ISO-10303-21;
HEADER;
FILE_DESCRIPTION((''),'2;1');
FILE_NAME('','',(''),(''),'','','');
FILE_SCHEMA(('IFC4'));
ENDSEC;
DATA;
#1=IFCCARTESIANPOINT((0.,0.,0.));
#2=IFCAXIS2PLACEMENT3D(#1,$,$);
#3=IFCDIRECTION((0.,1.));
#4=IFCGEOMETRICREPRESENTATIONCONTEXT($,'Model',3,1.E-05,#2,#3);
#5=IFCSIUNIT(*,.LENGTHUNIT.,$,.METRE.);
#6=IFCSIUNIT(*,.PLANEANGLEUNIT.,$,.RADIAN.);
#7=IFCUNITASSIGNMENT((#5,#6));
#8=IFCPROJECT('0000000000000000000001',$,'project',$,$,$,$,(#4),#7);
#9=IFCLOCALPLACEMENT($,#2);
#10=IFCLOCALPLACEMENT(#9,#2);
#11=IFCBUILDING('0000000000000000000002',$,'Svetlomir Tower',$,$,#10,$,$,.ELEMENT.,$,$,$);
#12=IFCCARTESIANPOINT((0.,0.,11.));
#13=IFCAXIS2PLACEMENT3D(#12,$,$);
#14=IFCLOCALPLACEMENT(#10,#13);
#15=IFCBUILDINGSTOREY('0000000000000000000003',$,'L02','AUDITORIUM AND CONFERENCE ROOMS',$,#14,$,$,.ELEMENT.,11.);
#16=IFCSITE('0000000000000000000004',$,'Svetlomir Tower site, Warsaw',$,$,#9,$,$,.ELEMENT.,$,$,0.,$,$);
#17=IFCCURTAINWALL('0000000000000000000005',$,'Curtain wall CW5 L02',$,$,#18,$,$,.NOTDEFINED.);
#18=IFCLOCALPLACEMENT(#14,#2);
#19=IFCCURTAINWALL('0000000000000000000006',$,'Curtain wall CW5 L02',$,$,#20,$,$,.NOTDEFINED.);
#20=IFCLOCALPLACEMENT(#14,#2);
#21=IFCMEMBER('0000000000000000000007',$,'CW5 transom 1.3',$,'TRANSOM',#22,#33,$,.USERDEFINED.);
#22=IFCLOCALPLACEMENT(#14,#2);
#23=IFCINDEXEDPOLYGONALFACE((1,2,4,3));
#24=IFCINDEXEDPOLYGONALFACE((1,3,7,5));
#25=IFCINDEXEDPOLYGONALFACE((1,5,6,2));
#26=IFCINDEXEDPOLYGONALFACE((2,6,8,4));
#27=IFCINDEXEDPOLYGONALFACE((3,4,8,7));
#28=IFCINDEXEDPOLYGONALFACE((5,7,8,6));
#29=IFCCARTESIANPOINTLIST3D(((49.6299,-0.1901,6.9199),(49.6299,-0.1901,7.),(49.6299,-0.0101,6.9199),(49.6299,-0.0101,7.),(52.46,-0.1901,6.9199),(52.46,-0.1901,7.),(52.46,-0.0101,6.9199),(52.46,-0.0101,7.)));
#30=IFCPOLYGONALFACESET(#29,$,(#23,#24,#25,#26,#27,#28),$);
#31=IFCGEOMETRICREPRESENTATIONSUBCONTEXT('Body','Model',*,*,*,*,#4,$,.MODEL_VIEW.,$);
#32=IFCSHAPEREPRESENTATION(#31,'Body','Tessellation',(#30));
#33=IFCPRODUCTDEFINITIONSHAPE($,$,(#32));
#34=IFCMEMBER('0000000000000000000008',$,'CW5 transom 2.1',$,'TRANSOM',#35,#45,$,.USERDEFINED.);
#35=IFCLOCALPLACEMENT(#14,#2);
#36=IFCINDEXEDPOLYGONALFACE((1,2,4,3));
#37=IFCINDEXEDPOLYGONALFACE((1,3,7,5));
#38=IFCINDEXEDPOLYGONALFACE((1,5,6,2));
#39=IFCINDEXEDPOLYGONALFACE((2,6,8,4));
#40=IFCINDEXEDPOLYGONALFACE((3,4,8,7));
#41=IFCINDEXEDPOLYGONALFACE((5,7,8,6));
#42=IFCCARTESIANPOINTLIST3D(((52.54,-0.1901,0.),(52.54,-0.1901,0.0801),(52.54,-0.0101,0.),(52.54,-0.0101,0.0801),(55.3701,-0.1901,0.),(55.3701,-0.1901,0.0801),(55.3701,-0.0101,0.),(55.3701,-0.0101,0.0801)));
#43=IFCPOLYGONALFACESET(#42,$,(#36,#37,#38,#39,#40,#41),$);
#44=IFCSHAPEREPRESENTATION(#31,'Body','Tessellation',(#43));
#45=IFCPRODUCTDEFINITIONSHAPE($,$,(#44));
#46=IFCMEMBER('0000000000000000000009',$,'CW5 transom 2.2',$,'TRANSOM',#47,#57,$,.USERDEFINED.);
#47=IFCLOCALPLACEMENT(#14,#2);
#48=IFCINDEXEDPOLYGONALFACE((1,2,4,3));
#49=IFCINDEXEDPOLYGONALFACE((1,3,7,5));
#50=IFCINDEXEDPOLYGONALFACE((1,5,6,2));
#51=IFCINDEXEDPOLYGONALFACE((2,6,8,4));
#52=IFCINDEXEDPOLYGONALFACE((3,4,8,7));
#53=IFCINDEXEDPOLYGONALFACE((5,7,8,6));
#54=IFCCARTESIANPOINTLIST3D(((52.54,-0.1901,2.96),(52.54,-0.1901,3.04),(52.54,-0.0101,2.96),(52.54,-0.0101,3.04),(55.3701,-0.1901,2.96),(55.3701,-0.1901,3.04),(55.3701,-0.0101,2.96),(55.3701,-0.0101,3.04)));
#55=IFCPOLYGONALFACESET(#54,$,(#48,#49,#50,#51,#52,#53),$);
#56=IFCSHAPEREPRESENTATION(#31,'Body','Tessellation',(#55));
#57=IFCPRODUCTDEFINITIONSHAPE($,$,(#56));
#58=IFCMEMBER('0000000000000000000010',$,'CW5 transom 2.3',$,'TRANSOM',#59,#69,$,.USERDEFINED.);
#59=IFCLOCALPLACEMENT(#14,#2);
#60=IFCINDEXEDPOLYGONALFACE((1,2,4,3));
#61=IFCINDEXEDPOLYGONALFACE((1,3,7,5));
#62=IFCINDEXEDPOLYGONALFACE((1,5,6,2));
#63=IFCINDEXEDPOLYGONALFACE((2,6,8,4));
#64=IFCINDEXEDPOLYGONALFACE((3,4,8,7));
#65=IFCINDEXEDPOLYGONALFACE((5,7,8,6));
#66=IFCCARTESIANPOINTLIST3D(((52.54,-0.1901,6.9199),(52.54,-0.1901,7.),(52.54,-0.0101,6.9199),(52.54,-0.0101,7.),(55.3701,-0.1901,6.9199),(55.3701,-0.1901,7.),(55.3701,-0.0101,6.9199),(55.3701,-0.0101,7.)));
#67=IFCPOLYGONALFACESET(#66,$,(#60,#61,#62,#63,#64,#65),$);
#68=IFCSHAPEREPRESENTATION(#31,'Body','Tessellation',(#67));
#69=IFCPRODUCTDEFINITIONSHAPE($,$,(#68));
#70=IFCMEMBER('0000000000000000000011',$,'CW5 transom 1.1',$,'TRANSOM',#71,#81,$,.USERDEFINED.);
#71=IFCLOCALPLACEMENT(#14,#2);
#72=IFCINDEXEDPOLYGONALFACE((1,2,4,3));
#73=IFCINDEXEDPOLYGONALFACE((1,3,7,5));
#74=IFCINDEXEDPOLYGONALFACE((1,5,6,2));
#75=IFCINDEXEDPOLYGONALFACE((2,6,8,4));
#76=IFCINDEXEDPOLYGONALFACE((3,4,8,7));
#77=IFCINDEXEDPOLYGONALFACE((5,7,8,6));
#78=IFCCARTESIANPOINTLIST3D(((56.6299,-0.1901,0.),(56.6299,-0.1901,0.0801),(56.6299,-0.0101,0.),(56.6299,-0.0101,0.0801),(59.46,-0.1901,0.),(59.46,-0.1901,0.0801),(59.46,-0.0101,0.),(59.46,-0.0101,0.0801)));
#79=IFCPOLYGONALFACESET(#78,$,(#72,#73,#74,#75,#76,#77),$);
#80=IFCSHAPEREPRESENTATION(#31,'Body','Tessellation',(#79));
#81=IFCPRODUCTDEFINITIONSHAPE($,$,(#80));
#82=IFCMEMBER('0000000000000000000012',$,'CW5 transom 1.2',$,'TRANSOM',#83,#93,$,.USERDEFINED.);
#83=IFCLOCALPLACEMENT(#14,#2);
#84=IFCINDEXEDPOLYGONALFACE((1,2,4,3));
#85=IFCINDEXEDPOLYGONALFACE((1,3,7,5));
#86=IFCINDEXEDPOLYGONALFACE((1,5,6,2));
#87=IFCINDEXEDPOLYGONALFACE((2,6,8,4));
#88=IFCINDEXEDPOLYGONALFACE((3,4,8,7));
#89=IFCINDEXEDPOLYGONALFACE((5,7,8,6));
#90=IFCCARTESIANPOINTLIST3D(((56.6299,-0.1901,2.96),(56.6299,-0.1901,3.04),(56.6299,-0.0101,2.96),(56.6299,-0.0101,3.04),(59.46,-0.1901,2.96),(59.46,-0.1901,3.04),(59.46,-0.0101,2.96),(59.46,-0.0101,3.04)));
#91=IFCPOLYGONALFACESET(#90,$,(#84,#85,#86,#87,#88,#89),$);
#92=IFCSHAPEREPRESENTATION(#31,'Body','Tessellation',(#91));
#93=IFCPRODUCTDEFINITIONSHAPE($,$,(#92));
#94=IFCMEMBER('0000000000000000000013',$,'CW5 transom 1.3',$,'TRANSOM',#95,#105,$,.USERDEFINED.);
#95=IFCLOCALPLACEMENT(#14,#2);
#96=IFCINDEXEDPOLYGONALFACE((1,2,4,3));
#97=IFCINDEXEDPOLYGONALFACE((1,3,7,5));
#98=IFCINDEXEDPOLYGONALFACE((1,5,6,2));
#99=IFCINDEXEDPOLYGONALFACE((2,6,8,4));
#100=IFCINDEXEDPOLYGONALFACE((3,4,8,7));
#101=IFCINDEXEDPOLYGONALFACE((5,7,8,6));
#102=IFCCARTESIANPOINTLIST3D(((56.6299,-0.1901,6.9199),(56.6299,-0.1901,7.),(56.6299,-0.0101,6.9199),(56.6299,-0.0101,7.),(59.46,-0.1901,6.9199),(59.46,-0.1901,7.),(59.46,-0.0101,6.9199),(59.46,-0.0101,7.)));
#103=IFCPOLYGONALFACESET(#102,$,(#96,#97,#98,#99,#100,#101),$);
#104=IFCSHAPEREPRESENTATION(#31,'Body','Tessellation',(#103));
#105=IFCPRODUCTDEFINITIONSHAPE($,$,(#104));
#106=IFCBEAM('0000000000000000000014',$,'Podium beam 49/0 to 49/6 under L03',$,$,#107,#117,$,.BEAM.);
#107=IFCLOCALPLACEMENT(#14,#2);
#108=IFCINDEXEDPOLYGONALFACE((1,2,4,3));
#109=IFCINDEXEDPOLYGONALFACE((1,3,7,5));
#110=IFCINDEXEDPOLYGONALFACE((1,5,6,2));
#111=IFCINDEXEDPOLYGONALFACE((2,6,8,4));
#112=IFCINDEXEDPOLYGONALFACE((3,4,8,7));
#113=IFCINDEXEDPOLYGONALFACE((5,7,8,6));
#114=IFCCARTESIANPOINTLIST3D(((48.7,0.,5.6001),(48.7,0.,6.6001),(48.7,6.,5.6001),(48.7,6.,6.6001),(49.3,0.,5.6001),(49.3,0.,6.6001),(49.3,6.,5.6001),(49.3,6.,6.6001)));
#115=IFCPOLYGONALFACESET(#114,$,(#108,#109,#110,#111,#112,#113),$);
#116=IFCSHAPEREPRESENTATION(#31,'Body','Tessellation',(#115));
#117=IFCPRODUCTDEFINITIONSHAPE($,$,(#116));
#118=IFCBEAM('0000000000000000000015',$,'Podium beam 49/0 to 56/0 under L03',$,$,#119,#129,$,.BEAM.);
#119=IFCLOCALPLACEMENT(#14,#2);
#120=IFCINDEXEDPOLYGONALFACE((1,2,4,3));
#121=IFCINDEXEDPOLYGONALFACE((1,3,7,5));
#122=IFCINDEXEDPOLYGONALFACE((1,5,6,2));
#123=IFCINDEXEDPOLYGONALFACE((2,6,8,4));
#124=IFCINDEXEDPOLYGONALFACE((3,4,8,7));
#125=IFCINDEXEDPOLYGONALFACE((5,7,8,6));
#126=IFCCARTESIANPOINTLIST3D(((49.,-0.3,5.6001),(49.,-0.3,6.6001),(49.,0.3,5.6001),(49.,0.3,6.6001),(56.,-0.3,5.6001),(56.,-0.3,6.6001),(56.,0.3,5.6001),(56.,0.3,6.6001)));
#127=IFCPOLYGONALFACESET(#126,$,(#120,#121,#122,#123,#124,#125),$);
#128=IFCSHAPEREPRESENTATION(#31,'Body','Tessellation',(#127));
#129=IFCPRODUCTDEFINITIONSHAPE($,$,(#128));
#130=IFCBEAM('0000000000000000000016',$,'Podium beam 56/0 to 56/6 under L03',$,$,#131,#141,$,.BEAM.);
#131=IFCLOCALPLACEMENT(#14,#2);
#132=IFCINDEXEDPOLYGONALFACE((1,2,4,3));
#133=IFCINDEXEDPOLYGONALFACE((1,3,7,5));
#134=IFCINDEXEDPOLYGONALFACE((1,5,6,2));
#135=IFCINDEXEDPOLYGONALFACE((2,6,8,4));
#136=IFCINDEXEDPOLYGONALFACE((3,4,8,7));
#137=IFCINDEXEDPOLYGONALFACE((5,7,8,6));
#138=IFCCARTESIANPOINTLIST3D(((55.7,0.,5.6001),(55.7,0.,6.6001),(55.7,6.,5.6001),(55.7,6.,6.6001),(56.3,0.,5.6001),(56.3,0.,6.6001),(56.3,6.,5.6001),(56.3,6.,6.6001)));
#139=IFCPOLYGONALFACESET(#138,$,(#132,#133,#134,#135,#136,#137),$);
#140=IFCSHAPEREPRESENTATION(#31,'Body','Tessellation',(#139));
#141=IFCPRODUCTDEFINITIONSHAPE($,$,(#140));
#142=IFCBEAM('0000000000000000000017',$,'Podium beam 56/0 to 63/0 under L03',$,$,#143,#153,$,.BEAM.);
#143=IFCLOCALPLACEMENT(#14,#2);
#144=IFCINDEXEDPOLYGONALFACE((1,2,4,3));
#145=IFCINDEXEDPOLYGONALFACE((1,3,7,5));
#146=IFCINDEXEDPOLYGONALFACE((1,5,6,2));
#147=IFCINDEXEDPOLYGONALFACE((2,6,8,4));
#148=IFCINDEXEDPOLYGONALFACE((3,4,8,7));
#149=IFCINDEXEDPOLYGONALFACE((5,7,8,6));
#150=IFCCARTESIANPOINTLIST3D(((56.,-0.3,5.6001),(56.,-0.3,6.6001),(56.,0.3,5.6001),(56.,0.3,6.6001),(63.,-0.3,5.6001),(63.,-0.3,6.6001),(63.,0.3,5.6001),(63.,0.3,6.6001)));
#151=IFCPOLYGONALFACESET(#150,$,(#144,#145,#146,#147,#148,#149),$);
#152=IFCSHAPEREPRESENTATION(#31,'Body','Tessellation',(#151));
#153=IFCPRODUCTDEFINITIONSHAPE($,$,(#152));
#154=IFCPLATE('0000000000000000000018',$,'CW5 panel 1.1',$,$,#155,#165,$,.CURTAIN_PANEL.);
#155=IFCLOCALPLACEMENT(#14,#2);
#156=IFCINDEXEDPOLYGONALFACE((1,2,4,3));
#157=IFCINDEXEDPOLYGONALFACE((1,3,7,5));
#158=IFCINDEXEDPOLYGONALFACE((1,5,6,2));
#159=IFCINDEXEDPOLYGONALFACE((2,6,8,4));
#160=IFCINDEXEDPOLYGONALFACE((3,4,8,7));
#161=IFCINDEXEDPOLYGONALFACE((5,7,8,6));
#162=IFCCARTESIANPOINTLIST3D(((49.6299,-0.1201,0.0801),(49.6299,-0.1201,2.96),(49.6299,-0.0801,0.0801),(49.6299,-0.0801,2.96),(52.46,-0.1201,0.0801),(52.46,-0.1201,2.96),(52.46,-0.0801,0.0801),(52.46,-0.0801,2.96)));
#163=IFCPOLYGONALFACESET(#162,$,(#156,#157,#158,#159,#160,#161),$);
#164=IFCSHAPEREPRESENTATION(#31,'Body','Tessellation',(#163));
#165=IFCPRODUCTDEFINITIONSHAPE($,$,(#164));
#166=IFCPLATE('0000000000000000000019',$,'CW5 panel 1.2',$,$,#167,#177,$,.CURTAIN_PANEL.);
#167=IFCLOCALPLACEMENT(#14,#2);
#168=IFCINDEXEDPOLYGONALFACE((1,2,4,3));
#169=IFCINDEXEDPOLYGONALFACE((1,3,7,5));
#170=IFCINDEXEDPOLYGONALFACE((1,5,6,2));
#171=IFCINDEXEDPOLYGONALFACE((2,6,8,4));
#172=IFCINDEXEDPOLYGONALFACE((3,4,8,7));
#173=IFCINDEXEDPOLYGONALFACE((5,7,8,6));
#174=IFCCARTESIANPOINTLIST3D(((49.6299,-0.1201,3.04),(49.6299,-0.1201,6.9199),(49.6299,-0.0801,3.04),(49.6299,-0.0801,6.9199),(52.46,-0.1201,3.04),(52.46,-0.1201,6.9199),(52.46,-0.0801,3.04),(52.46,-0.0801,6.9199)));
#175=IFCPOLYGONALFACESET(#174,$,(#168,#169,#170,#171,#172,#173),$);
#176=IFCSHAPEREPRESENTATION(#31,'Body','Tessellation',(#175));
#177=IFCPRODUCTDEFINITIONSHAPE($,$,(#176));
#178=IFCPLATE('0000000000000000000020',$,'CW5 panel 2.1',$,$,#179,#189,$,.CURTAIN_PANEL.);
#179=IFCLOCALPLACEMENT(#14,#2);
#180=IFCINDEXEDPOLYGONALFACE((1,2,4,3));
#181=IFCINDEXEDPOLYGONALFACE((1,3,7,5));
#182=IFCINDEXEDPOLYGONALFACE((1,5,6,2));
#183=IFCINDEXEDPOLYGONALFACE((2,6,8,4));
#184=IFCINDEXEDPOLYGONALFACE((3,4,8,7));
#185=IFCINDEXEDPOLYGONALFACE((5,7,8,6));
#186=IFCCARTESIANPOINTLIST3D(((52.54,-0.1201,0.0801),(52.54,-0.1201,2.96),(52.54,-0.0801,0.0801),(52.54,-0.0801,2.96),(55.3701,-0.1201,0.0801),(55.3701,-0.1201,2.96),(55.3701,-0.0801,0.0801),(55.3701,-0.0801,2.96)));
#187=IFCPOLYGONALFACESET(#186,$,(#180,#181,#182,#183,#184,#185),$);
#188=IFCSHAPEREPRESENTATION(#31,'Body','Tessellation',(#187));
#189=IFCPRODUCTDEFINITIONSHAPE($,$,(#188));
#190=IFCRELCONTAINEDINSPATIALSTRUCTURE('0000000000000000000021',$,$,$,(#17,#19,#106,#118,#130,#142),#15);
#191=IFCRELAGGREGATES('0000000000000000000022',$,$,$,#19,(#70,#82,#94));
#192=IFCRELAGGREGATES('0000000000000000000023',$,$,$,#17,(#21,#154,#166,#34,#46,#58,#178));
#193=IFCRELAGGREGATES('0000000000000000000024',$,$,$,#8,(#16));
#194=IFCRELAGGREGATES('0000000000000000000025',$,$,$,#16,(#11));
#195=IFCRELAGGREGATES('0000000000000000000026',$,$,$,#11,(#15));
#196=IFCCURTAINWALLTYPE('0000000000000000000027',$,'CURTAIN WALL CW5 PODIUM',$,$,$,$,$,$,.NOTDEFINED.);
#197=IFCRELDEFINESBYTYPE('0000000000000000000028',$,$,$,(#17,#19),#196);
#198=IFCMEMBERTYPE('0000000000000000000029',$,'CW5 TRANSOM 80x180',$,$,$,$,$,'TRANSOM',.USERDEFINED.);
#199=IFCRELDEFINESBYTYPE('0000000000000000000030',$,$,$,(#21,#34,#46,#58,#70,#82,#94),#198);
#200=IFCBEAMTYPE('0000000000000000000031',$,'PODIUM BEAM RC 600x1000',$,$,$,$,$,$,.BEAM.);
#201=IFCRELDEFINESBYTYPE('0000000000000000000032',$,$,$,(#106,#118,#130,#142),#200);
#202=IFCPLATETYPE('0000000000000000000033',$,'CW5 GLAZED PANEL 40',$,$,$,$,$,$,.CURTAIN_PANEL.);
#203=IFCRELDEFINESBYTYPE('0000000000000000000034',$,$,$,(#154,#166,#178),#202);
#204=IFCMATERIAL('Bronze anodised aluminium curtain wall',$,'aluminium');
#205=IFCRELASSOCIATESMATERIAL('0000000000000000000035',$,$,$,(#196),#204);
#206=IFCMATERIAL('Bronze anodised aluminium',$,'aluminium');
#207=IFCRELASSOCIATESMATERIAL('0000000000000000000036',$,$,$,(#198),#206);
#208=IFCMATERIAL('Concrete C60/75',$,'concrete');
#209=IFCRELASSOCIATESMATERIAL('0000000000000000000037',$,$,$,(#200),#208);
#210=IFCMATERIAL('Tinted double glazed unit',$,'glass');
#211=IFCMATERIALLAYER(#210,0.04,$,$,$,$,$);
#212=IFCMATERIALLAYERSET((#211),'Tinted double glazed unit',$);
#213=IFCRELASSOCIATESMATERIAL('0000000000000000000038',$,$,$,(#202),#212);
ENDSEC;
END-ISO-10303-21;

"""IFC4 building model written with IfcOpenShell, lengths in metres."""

from ifc_helpers import new_model, si_unit, direction, frame, origin, origin_2d, place, context, subcontext, project, spatial, rectangle, extrude, material, layer, layer_set, material_profile, profile_set, type_object, element, aggregate, save


model = new_model("IFC4")

# Units and contexts
model_context = context("Model", 3, precision=1e-05, world=origin(), true_north=direction((0.0, 1.0)))
body_context = subcontext(model_context, "Body", "Model", "MODEL_VIEW")
ifc_project = project(units=[si_unit("LENGTHUNIT", "METRE"), si_unit("PLANEANGLEUNIT", "RADIAN")], contexts=[model_context])

# Site, building, storey
site_placement = place(None, origin())
site = spatial("IfcSite", under=ifc_project, at=site_placement, Name="Svetlomir Tower site, Warsaw", CompositionType="ELEMENT", RefElevation=0.0)
building_placement = place(site_placement, origin())
building = spatial("IfcBuilding", under=site, at=building_placement, Name="Svetlomir Tower", CompositionType="ELEMENT")
storey_placement = place(building_placement, frame((0.0, 0.0, 11.0)))
storey = spatial("IfcBuildingStorey", under=building, at=storey_placement, Name="L02", Description="AUDITORIUM AND CONFERENCE ROOMS", CompositionType="ELEMENT", Elevation=11.0)

# Shared definitions
ifc_material_1 = material(Name="Bronze anodised aluminium curtain wall", Category="aluminium")
curtain_wall_type = type_object("IfcCurtainWallType", Name="CURTAIN WALL CW5 PODIUM", PredefinedType="NOTDEFINED", material=ifc_material_1)

# Curtain wall
curtain_wall_1_placement = place(storey_placement, origin())
curtain_wall_1 = element("IfcCurtainWall", 1, at=curtain_wall_1_placement, inside=storey, type_object=curtain_wall_type, Name="Curtain wall CW5 L02", PredefinedType="NOTDEFINED")

# Curtain wall
curtain_wall_2_placement = place(storey_placement, origin())
curtain_wall_2 = element("IfcCurtainWall", 2, at=curtain_wall_2_placement, inside=storey, type_object=curtain_wall_type, Name="Curtain wall CW5 L02", PredefinedType="NOTDEFINED")

# Members
ifc_material_2 = material(Name="Bronze anodised aluminium", Category="aluminium")
ifc_material_profile_1 = material_profile(ifc_material_2, rectangle(XDim=0.1799, YDim=0.0801, at=origin_2d()), Name="AL 180x80")
ifc_profile_set_1 = profile_set([ifc_material_profile_1], Name="Bronze anodised aluminium 6063-T6")
member_type_1 = type_object("IfcMemberType", Name="CW5 TRANSOM 80x180", ElementType="TRANSOM", PredefinedType="USERDEFINED", material=ifc_profile_set_1)
member_1_placement = place(storey_placement, frame((49.6299, -0.1001, 6.96), z_axis=(1.0, 0.0, 0.0), x_axis=(0.0, 1.0, 0.0)))
member_1 = element("IfcMember", 3, at=member_1_placement, type_object=member_type_1, Name="CW5 transom 1.3", ObjectType="TRANSOM", PredefinedType="USERDEFINED", context=body_context, shape_type="SweptSolid", body=[
    extrude(rectangle(XDim=0.1799, YDim=0.0801, at=origin_2d()), origin(), (0.0, 0.0, 1.0), 2.8301),
])
member_2_placement = place(storey_placement, frame((52.54, -0.1001, 0.04), z_axis=(1.0, 0.0, 0.0), x_axis=(0.0, 1.0, 0.0)))
member_2 = element("IfcMember", 4, at=member_2_placement, type_object=member_type_1, Name="CW5 transom 2.1", ObjectType="TRANSOM", PredefinedType="USERDEFINED", context=body_context, shape_type="SweptSolid", body=[
    extrude(rectangle(XDim=0.1799, YDim=0.0801, at=origin_2d()), origin(), (0.0, 0.0, 1.0), 2.8301),
])
member_3_placement = place(storey_placement, frame((52.54, -0.1001, 3.0), z_axis=(1.0, 0.0, 0.0), x_axis=(0.0, 1.0, 0.0)))
member_3 = element("IfcMember", 5, at=member_3_placement, type_object=member_type_1, Name="CW5 transom 2.2", ObjectType="TRANSOM", PredefinedType="USERDEFINED", context=body_context, shape_type="SweptSolid", body=[
    extrude(rectangle(XDim=0.1799, YDim=0.0801, at=origin_2d()), origin(), (0.0, 0.0, 1.0), 2.8301),
])
member_4_placement = place(storey_placement, frame((52.54, -0.1001, 6.96), z_axis=(1.0, 0.0, 0.0), x_axis=(0.0, 1.0, 0.0)))
member_4 = element("IfcMember", 6, at=member_4_placement, type_object=member_type_1, Name="CW5 transom 2.3", ObjectType="TRANSOM", PredefinedType="USERDEFINED", context=body_context, shape_type="SweptSolid", body=[
    extrude(rectangle(XDim=0.1799, YDim=0.0801, at=origin_2d()), origin(), (0.0, 0.0, 1.0), 2.8301),
])
member_5_placement = place(storey_placement, frame((56.6299, -0.1001, 0.04), z_axis=(1.0, 0.0, 0.0), x_axis=(0.0, 1.0, 0.0)))
member_5 = element("IfcMember", 7, at=member_5_placement, type_object=member_type_1, Name="CW5 transom 1.1", ObjectType="TRANSOM", PredefinedType="USERDEFINED", context=body_context, shape_type="SweptSolid", body=[
    extrude(rectangle(XDim=0.1799, YDim=0.0801, at=origin_2d()), origin(), (0.0, 0.0, 1.0), 2.8301),
])
member_6_placement = place(storey_placement, frame((56.6299, -0.1001, 3.0), z_axis=(1.0, 0.0, 0.0), x_axis=(0.0, 1.0, 0.0)))
member_6 = element("IfcMember", 8, at=member_6_placement, type_object=member_type_1, Name="CW5 transom 1.2", ObjectType="TRANSOM", PredefinedType="USERDEFINED", context=body_context, shape_type="SweptSolid", body=[
    extrude(rectangle(XDim=0.1799, YDim=0.0801, at=origin_2d()), origin(), (0.0, 0.0, 1.0), 2.8301),
])
member_7_placement = place(storey_placement, frame((56.6299, -0.1001, 6.96), z_axis=(1.0, 0.0, 0.0), x_axis=(0.0, 1.0, 0.0)))
member_7 = element("IfcMember", 9, at=member_7_placement, type_object=member_type_1, Name="CW5 transom 1.3", ObjectType="TRANSOM", PredefinedType="USERDEFINED", context=body_context, shape_type="SweptSolid", body=[
    extrude(rectangle(XDim=0.1799, YDim=0.0801, at=origin_2d()), origin(), (0.0, 0.0, 1.0), 2.8301),
])
aggregate(curtain_wall_2, [member_5, member_6, member_7])

# Beams
ifc_material_3 = material(Name="Concrete C60/75", Category="concrete")
ifc_material_profile_2 = material_profile(ifc_material_3, rectangle(XDim=0.6001, YDim=1.0, at=origin_2d()), Name="RC 600x1000")
ifc_profile_set_2 = profile_set([ifc_material_profile_2], Name="Concrete C60/75")
beam_type = type_object("IfcBeamType", Name="PODIUM BEAM RC 600x1000", PredefinedType="BEAM", material=ifc_profile_set_2)
beam_1_placement = place(storey_placement, frame((49.0, 0.0, 6.1001), z_axis=(0.0, 1.0, 0.0), x_axis=(-1.0, 0.0, 0.0)))
element("IfcBeam", 10, at=beam_1_placement, inside=storey, type_object=beam_type, Name="Podium beam 49/0 to 49/6 under L03", PredefinedType="BEAM", context=body_context, shape_type="SweptSolid", body=[
    extrude(rectangle(XDim=0.6001, YDim=1.0, at=origin_2d()), origin(), (0.0, 0.0, 1.0), 6.0),
])
beam_2_placement = place(storey_placement, frame((49.0, 0.0, 6.1001), z_axis=(1.0, 0.0, 0.0), x_axis=(0.0, 1.0, 0.0)))
element("IfcBeam", 11, at=beam_2_placement, inside=storey, type_object=beam_type, Name="Podium beam 49/0 to 56/0 under L03", PredefinedType="BEAM", context=body_context, shape_type="SweptSolid", body=[
    extrude(rectangle(XDim=0.6001, YDim=1.0, at=origin_2d()), origin(), (0.0, 0.0, 1.0), 7.0),
])
beam_3_placement = place(storey_placement, frame((56.0, 0.0, 6.1001), z_axis=(0.0, 1.0, 0.0), x_axis=(-1.0, 0.0, 0.0)))
element("IfcBeam", 12, at=beam_3_placement, inside=storey, type_object=beam_type, Name="Podium beam 56/0 to 56/6 under L03", PredefinedType="BEAM", context=body_context, shape_type="SweptSolid", body=[
    extrude(rectangle(XDim=0.6001, YDim=1.0, at=origin_2d()), origin(), (0.0, 0.0, 1.0), 6.0),
])
beam_4_placement = place(storey_placement, frame((56.0, 0.0, 6.1001), z_axis=(1.0, 0.0, 0.0), x_axis=(0.0, 1.0, 0.0)))
element("IfcBeam", 13, at=beam_4_placement, inside=storey, type_object=beam_type, Name="Podium beam 56/0 to 63/0 under L03", PredefinedType="BEAM", context=body_context, shape_type="SweptSolid", body=[
    extrude(rectangle(XDim=0.6001, YDim=1.0, at=origin_2d()), origin(), (0.0, 0.0, 1.0), 7.0),
])

# Plates
ifc_material_4 = material(Name="Tinted double glazed unit", Category="glass")
ifc_layer_1 = layer(ifc_material_4, 0.04)
ifc_layer_set_1 = layer_set([ifc_layer_1], Name="Tinted double glazed unit")
plate_type = type_object("IfcPlateType", Name="CW5 GLAZED PANEL 40", PredefinedType="CURTAIN_PANEL", material=ifc_layer_set_1)
plate_1_placement = place(storey_placement, frame((51.0449, -0.1001, 0.0801), z_axis=(0.0, 0.0, 1.0), x_axis=(1.0, 0.0, 0.0)))
plate_1 = element("IfcPlate", 14, at=plate_1_placement, type_object=plate_type, Name="CW5 panel 1.1", PredefinedType="CURTAIN_PANEL", context=body_context, shape_type="SweptSolid", body=[
    extrude(rectangle(XDim=2.8301, YDim=0.04, at=origin_2d()), origin(), (0.0, 0.0, 1.0), 2.8799),
])
plate_2_placement = place(storey_placement, frame((51.0449, -0.1001, 3.04), z_axis=(0.0, 0.0, 1.0), x_axis=(1.0, 0.0, 0.0)))
plate_2 = element("IfcPlate", 15, at=plate_2_placement, type_object=plate_type, Name="CW5 panel 1.2", PredefinedType="CURTAIN_PANEL", context=body_context, shape_type="SweptSolid", body=[
    extrude(rectangle(XDim=2.8301, YDim=0.04, at=origin_2d()), origin(), (0.0, 0.0, 1.0), 3.8799),
])
plate_3_placement = place(storey_placement, frame((53.9551, -0.1001, 0.0801), z_axis=(0.0, 0.0, 1.0), x_axis=(1.0, 0.0, 0.0)))
plate_3 = element("IfcPlate", 16, at=plate_3_placement, type_object=plate_type, Name="CW5 panel 2.1", PredefinedType="CURTAIN_PANEL", context=body_context, shape_type="SweptSolid", body=[
    extrude(rectangle(XDim=2.8301, YDim=0.04, at=origin_2d()), origin(), (0.0, 0.0, 1.0), 2.8799),
])
aggregate(curtain_wall_1, [member_1, plate_1, plate_2, member_2, member_3, member_4, plate_3])

save(model, "model.ifc")
